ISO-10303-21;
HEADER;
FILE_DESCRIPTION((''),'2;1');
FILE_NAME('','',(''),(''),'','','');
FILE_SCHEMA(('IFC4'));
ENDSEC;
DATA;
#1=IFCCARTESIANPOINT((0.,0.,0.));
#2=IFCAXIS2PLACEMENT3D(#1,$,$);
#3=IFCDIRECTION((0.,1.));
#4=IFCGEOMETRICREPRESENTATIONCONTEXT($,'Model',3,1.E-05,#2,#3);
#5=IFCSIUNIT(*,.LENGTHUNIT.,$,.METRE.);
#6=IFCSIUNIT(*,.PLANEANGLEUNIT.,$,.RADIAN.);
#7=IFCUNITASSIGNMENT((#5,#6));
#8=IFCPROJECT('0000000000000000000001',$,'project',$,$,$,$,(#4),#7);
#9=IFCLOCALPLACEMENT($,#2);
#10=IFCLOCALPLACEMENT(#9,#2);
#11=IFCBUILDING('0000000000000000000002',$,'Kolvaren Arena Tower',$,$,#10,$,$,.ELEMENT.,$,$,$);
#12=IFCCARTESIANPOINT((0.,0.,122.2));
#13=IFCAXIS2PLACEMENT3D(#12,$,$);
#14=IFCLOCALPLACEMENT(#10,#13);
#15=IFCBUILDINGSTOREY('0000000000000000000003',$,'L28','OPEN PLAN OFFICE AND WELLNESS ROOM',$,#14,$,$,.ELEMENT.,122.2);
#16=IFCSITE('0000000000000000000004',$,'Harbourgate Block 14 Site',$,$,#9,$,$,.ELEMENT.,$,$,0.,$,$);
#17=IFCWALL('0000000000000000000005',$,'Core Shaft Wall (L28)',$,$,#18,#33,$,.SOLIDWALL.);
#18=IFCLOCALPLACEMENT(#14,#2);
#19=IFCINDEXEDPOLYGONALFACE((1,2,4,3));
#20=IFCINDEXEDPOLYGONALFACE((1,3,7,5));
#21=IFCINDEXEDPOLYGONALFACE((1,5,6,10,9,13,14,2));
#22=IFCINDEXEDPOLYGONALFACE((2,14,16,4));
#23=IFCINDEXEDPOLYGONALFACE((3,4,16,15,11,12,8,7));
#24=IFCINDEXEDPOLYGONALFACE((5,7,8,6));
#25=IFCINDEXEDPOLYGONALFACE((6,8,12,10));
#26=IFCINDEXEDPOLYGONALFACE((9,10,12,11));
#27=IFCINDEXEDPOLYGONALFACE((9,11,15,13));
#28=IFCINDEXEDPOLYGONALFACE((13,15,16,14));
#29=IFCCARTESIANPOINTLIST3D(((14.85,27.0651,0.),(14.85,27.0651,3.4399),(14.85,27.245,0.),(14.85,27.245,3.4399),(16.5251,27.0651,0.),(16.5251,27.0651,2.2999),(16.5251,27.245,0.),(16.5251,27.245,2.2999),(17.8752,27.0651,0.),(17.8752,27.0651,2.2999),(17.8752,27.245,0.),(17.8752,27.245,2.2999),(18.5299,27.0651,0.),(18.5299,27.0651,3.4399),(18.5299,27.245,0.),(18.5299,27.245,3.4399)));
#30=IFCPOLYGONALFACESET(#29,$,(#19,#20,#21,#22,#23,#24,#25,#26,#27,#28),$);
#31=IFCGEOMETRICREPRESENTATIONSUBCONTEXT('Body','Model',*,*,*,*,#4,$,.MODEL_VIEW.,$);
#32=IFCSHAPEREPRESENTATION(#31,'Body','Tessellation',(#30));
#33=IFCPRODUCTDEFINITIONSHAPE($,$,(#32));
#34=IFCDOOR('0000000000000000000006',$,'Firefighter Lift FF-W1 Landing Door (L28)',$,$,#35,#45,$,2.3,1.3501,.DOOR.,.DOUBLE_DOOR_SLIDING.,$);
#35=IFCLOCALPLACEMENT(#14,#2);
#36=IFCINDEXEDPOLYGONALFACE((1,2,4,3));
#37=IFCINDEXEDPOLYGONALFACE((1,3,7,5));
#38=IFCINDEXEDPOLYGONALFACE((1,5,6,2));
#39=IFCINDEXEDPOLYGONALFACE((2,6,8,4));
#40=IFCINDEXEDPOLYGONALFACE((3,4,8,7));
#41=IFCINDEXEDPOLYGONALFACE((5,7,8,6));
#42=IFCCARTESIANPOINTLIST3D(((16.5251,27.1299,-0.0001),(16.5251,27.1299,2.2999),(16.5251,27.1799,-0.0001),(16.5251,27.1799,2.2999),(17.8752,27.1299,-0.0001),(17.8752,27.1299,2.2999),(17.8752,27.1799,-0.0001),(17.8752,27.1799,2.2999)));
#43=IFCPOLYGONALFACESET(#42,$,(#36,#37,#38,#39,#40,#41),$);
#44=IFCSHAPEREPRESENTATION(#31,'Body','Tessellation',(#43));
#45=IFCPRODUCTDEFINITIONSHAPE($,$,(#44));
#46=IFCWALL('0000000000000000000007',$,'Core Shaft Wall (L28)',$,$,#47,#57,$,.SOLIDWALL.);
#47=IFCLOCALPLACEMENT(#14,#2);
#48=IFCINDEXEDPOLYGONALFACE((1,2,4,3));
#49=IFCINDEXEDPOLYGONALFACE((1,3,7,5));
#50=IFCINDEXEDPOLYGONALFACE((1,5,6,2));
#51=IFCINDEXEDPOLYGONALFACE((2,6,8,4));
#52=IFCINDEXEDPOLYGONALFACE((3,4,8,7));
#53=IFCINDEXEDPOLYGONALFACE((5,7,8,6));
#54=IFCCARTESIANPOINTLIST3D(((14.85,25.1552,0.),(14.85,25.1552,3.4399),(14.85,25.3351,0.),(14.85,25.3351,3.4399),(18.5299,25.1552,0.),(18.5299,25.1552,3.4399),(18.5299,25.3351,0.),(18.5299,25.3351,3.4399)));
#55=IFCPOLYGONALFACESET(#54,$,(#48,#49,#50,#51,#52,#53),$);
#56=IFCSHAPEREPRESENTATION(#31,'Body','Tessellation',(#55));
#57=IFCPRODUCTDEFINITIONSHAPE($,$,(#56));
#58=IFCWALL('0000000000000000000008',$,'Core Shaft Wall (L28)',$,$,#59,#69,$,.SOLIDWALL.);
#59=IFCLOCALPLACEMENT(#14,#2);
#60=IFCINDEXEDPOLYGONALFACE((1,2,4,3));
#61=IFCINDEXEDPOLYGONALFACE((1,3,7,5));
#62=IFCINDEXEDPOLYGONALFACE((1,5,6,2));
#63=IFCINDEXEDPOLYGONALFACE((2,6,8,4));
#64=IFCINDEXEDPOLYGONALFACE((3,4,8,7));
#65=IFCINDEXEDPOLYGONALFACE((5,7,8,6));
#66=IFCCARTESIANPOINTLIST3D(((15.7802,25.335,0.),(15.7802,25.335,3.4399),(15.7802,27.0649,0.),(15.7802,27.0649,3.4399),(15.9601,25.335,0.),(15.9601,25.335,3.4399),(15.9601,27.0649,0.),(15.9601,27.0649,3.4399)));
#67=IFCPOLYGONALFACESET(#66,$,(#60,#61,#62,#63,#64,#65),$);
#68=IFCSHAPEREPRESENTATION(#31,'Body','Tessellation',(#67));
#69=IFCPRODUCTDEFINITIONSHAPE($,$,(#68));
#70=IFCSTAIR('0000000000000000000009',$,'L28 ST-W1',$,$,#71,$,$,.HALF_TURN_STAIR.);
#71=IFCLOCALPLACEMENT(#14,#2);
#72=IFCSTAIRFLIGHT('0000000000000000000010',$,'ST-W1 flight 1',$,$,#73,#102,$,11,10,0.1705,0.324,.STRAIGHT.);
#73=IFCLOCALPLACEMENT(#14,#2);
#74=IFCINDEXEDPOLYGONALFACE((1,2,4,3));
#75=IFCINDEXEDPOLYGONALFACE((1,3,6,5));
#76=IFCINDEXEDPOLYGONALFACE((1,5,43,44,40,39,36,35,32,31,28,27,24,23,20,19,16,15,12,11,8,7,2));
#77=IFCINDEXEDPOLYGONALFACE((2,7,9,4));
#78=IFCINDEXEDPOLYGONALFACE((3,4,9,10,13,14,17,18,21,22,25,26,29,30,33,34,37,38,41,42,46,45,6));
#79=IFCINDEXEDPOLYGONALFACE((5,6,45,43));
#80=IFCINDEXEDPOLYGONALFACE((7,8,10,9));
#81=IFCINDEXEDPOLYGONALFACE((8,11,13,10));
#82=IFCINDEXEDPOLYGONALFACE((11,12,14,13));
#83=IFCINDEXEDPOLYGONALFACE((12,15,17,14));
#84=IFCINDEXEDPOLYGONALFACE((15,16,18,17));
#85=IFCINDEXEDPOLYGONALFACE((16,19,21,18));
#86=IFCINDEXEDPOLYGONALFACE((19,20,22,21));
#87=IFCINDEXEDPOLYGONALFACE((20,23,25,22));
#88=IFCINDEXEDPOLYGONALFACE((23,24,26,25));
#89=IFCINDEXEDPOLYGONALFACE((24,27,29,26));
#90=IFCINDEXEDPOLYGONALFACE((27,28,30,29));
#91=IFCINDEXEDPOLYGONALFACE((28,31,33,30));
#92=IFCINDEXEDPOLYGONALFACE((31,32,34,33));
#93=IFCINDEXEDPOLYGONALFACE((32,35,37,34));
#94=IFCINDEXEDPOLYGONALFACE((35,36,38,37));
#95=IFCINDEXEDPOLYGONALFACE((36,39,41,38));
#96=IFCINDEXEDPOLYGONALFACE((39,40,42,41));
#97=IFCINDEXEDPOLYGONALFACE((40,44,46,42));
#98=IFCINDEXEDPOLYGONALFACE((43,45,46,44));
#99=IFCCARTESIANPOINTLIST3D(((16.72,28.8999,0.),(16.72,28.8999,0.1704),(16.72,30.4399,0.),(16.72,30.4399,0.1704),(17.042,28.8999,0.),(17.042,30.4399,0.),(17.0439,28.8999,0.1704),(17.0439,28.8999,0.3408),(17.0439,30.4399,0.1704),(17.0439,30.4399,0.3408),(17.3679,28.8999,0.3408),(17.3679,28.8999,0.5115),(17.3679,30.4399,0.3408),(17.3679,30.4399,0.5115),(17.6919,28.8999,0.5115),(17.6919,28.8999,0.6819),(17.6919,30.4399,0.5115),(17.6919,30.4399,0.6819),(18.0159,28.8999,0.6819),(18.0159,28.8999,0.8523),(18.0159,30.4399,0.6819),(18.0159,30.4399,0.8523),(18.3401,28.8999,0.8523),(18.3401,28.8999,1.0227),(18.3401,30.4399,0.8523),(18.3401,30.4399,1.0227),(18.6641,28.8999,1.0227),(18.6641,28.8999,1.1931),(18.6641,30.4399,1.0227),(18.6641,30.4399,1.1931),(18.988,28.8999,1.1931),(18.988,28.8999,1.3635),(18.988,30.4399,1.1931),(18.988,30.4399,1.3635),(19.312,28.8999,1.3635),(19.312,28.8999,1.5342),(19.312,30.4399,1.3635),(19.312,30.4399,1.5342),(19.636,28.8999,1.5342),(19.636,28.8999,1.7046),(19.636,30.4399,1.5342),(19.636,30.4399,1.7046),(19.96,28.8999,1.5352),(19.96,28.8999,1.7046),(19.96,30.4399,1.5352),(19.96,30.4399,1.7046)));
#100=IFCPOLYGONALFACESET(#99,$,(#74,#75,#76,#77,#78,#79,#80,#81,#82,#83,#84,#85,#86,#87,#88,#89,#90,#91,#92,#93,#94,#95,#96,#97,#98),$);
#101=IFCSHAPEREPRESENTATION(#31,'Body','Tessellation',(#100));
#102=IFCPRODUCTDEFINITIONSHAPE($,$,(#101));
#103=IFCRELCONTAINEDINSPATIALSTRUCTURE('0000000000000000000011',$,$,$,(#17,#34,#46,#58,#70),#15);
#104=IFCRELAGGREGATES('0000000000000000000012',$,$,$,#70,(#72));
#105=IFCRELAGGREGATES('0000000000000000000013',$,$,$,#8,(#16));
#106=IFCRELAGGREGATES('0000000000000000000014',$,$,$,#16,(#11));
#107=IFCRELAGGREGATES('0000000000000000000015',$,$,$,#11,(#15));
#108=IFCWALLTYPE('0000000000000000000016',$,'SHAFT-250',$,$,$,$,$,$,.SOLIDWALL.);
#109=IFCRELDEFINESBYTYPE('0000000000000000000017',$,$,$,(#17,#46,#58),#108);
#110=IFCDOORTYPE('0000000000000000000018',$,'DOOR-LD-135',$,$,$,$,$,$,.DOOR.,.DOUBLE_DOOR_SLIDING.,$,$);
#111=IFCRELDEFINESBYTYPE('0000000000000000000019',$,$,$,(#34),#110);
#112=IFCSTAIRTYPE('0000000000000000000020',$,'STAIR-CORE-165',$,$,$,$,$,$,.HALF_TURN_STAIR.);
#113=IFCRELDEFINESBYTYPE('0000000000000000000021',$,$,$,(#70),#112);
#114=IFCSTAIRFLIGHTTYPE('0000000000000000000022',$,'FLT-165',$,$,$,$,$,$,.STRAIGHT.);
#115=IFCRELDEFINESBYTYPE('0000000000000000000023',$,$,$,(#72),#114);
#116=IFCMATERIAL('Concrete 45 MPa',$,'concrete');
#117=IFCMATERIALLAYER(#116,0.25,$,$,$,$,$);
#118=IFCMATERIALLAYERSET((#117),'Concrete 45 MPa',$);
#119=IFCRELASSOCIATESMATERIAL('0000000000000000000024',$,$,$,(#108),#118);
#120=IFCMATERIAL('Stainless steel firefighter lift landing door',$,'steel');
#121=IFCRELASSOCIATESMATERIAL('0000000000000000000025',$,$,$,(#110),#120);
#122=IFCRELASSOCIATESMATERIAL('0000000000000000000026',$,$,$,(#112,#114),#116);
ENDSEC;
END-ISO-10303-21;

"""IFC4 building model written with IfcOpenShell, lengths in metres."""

from ifc_helpers import new_model, si_unit, direction, frame, frame_2d, origin, place, context, subcontext, project, spatial, polyline, rectangle, outline, extrude, material, layer, layer_set, type_object, element, fill, aggregate, save


model = new_model("IFC4")

# Units and contexts
model_context = context("Model", 3, precision=1e-05, world=origin(), true_north=direction((0.0, 1.0)))
body_context = subcontext(model_context, "Body", "Model", "MODEL_VIEW")
ifc_project = project(units=[si_unit("LENGTHUNIT", "METRE"), si_unit("PLANEANGLEUNIT", "RADIAN")], contexts=[model_context])

# Site, building, storey
site_placement = place(None, origin())
site = spatial("IfcSite", under=ifc_project, at=site_placement, Name="Harbourgate Block 14 Site", CompositionType="ELEMENT", RefElevation=0.0)
building_placement = place(site_placement, origin())
building = spatial("IfcBuilding", under=site, at=building_placement, Name="Kolvaren Arena Tower", CompositionType="ELEMENT")
storey_placement = place(building_placement, frame((0.0, 0.0, 122.2)))
storey = spatial("IfcBuildingStorey", under=building, at=storey_placement, Name="L28", Description="OPEN PLAN OFFICE AND WELLNESS ROOM", CompositionType="ELEMENT", Elevation=122.2)

# Shared definitions
ifc_material_1 = material(Name="Concrete 45 MPa", Category="concrete")
ifc_layer = layer(ifc_material_1, 0.25)
ifc_layer_set = layer_set([ifc_layer], Name="Concrete 45 MPa")
wall_type = type_object("IfcWallType", Name="SHAFT-250", PredefinedType="SOLIDWALL", material=ifc_layer_set)

# Wall, opening, door
wall_1_placement = place(storey_placement, frame((14.8501, 27.155, 0.0), z_axis=(0.0, 0.0, 1.0), x_axis=(1.0, 0.0, 0.0)))
wall_1 = element("IfcWall", 1, at=wall_1_placement, inside=storey, type_object=wall_type, Name="Core Shaft Wall (L28)", PredefinedType="SOLIDWALL", context=body_context, shape_type="SweptSolid", body=[
    extrude(rectangle(XDim=3.6799, YDim=0.1799, at=frame_2d((1.8398, 0.0))), origin(), (0.0, 0.0, 1.0), 3.4399),
])
opening_placement = place(wall_1_placement, frame((1.675, 0.0, 0.0)))
opening = element("IfcOpeningElement", 2, at=opening_placement, cuts=wall_1, PredefinedType="OPENING", context=body_context, shape_type="SweptSolid", body=[
    extrude(rectangle(XDim=1.3501, YDim=2.3, at=frame_2d((0.675, 1.1499))), frame((0.0, 0.0999, 0.0), z_axis=(0.0, -1.0, 0.0), x_axis=(1.0, 0.0, 0.0)), (0.0, 0.0, 1.0), 0.2),
])
ifc_material_2 = material(Name="Stainless steel firefighter lift landing door", Category="steel")
door_type = type_object("IfcDoorType", Name="DOOR-LD-135", OperationType="DOUBLE_DOOR_SLIDING", PredefinedType="DOOR", material=ifc_material_2)
door_placement = place(opening_placement, origin())
door = element("IfcDoor", 3, at=door_placement, inside=storey, type_object=door_type, Name="Firefighter Lift FF-W1 Landing Door (L28)", OperationType="DOUBLE_DOOR_SLIDING", OverallHeight=2.3, OverallWidth=1.3501, PredefinedType="DOOR", context=body_context, shape_type="SweptSolid", body=[
    extrude(rectangle(XDim=1.3501, YDim=2.3, at=frame_2d((0.675, 1.1499))), frame((0.0, 0.0249, 0.0), z_axis=(0.0, -1.0, 0.0), x_axis=(1.0, 0.0, 0.0)), (0.0, 0.0, 1.0), 0.05),
])
fill(opening, door)

# Walls
wall_2_placement = place(storey_placement, frame((14.8501, 25.2451, 0.0), z_axis=(0.0, 0.0, 1.0), x_axis=(1.0, 0.0, 0.0)))
element("IfcWall", 4, at=wall_2_placement, inside=storey, type_object=wall_type, Name="Core Shaft Wall (L28)", PredefinedType="SOLIDWALL", context=body_context, shape_type="SweptSolid", body=[
    extrude(rectangle(XDim=3.6799, YDim=0.1799, at=frame_2d((1.8398, 0.0))), origin(), (0.0, 0.0, 1.0), 3.4399),
])
wall_3_placement = place(storey_placement, frame((15.8701, 25.335, 0.0), z_axis=(0.0, 0.0, 1.0), x_axis=(0.0, 1.0, 0.0)))
element("IfcWall", 5, at=wall_3_placement, inside=storey, type_object=wall_type, Name="Core Shaft Wall (L28)", PredefinedType="SOLIDWALL", context=body_context, shape_type="SweptSolid", body=[
    extrude(rectangle(XDim=1.73, YDim=0.1799, at=frame_2d((0.865, 0.0))), origin(), (0.0, 0.0, 1.0), 3.4399),
])

# Stair, stair flight
stair_type = type_object("IfcStairType", Name="STAIR-CORE-165", PredefinedType="HALF_TURN_STAIR", material=ifc_material_1)
stair_placement = place(storey_placement, origin())
stair = element("IfcStair", 6, at=stair_placement, inside=storey, type_object=stair_type, Name="L28 ST-W1", PredefinedType="HALF_TURN_STAIR")
stair_flight_type = type_object("IfcStairFlightType", Name="FLT-165", PredefinedType="STRAIGHT", material=ifc_material_1)
stair_flight_placement = place(storey_placement, frame((16.72, 29.6699, 0.0), z_axis=(0.0, 0.0, 1.0), x_axis=(1.0, 0.0, 0.0)))
stair_flight = element("IfcStairFlight", 7, at=stair_flight_placement, type_object=stair_flight_type, Name="ST-W1 flight 1", NumberOfRisers=11, NumberOfTreads=10, PredefinedType="STRAIGHT", RiserHeight=0.1705, TreadLength=0.324, context=body_context, shape_type="SweptSolid", body=[
    extrude(outline(polyline([(0.0, 0.0), (0.0, 0.1704), (0.324, 0.1704), (0.324, 0.3408), (0.6479, 0.3408), (0.6479, 0.5115), (0.9719, 0.5115), (0.9719, 0.6819), (1.2959, 0.6819), (1.2959, 0.8523), (1.6201, 0.8523), (1.6201, 1.0227), (1.9441, 1.0227), (1.9441, 1.1931), (2.2681, 1.1931), (2.2681, 1.3635), (2.592, 1.3635), (2.592, 1.5342), (2.916, 1.5342), (2.916, 1.7046), (3.24, 1.7046), (3.24, 1.875), (3.24, 1.5352), (0.322, 0.0), (0.0, 0.0)])), frame((0.0, 0.77, 0.0), z_axis=(0.0, -1.0, 0.0), x_axis=(1.0, 0.0, 0.0)), (0.0, 0.0, 1.0), 1.54),
])
aggregate(stair, [stair_flight])

save(model, "model.ifc")
